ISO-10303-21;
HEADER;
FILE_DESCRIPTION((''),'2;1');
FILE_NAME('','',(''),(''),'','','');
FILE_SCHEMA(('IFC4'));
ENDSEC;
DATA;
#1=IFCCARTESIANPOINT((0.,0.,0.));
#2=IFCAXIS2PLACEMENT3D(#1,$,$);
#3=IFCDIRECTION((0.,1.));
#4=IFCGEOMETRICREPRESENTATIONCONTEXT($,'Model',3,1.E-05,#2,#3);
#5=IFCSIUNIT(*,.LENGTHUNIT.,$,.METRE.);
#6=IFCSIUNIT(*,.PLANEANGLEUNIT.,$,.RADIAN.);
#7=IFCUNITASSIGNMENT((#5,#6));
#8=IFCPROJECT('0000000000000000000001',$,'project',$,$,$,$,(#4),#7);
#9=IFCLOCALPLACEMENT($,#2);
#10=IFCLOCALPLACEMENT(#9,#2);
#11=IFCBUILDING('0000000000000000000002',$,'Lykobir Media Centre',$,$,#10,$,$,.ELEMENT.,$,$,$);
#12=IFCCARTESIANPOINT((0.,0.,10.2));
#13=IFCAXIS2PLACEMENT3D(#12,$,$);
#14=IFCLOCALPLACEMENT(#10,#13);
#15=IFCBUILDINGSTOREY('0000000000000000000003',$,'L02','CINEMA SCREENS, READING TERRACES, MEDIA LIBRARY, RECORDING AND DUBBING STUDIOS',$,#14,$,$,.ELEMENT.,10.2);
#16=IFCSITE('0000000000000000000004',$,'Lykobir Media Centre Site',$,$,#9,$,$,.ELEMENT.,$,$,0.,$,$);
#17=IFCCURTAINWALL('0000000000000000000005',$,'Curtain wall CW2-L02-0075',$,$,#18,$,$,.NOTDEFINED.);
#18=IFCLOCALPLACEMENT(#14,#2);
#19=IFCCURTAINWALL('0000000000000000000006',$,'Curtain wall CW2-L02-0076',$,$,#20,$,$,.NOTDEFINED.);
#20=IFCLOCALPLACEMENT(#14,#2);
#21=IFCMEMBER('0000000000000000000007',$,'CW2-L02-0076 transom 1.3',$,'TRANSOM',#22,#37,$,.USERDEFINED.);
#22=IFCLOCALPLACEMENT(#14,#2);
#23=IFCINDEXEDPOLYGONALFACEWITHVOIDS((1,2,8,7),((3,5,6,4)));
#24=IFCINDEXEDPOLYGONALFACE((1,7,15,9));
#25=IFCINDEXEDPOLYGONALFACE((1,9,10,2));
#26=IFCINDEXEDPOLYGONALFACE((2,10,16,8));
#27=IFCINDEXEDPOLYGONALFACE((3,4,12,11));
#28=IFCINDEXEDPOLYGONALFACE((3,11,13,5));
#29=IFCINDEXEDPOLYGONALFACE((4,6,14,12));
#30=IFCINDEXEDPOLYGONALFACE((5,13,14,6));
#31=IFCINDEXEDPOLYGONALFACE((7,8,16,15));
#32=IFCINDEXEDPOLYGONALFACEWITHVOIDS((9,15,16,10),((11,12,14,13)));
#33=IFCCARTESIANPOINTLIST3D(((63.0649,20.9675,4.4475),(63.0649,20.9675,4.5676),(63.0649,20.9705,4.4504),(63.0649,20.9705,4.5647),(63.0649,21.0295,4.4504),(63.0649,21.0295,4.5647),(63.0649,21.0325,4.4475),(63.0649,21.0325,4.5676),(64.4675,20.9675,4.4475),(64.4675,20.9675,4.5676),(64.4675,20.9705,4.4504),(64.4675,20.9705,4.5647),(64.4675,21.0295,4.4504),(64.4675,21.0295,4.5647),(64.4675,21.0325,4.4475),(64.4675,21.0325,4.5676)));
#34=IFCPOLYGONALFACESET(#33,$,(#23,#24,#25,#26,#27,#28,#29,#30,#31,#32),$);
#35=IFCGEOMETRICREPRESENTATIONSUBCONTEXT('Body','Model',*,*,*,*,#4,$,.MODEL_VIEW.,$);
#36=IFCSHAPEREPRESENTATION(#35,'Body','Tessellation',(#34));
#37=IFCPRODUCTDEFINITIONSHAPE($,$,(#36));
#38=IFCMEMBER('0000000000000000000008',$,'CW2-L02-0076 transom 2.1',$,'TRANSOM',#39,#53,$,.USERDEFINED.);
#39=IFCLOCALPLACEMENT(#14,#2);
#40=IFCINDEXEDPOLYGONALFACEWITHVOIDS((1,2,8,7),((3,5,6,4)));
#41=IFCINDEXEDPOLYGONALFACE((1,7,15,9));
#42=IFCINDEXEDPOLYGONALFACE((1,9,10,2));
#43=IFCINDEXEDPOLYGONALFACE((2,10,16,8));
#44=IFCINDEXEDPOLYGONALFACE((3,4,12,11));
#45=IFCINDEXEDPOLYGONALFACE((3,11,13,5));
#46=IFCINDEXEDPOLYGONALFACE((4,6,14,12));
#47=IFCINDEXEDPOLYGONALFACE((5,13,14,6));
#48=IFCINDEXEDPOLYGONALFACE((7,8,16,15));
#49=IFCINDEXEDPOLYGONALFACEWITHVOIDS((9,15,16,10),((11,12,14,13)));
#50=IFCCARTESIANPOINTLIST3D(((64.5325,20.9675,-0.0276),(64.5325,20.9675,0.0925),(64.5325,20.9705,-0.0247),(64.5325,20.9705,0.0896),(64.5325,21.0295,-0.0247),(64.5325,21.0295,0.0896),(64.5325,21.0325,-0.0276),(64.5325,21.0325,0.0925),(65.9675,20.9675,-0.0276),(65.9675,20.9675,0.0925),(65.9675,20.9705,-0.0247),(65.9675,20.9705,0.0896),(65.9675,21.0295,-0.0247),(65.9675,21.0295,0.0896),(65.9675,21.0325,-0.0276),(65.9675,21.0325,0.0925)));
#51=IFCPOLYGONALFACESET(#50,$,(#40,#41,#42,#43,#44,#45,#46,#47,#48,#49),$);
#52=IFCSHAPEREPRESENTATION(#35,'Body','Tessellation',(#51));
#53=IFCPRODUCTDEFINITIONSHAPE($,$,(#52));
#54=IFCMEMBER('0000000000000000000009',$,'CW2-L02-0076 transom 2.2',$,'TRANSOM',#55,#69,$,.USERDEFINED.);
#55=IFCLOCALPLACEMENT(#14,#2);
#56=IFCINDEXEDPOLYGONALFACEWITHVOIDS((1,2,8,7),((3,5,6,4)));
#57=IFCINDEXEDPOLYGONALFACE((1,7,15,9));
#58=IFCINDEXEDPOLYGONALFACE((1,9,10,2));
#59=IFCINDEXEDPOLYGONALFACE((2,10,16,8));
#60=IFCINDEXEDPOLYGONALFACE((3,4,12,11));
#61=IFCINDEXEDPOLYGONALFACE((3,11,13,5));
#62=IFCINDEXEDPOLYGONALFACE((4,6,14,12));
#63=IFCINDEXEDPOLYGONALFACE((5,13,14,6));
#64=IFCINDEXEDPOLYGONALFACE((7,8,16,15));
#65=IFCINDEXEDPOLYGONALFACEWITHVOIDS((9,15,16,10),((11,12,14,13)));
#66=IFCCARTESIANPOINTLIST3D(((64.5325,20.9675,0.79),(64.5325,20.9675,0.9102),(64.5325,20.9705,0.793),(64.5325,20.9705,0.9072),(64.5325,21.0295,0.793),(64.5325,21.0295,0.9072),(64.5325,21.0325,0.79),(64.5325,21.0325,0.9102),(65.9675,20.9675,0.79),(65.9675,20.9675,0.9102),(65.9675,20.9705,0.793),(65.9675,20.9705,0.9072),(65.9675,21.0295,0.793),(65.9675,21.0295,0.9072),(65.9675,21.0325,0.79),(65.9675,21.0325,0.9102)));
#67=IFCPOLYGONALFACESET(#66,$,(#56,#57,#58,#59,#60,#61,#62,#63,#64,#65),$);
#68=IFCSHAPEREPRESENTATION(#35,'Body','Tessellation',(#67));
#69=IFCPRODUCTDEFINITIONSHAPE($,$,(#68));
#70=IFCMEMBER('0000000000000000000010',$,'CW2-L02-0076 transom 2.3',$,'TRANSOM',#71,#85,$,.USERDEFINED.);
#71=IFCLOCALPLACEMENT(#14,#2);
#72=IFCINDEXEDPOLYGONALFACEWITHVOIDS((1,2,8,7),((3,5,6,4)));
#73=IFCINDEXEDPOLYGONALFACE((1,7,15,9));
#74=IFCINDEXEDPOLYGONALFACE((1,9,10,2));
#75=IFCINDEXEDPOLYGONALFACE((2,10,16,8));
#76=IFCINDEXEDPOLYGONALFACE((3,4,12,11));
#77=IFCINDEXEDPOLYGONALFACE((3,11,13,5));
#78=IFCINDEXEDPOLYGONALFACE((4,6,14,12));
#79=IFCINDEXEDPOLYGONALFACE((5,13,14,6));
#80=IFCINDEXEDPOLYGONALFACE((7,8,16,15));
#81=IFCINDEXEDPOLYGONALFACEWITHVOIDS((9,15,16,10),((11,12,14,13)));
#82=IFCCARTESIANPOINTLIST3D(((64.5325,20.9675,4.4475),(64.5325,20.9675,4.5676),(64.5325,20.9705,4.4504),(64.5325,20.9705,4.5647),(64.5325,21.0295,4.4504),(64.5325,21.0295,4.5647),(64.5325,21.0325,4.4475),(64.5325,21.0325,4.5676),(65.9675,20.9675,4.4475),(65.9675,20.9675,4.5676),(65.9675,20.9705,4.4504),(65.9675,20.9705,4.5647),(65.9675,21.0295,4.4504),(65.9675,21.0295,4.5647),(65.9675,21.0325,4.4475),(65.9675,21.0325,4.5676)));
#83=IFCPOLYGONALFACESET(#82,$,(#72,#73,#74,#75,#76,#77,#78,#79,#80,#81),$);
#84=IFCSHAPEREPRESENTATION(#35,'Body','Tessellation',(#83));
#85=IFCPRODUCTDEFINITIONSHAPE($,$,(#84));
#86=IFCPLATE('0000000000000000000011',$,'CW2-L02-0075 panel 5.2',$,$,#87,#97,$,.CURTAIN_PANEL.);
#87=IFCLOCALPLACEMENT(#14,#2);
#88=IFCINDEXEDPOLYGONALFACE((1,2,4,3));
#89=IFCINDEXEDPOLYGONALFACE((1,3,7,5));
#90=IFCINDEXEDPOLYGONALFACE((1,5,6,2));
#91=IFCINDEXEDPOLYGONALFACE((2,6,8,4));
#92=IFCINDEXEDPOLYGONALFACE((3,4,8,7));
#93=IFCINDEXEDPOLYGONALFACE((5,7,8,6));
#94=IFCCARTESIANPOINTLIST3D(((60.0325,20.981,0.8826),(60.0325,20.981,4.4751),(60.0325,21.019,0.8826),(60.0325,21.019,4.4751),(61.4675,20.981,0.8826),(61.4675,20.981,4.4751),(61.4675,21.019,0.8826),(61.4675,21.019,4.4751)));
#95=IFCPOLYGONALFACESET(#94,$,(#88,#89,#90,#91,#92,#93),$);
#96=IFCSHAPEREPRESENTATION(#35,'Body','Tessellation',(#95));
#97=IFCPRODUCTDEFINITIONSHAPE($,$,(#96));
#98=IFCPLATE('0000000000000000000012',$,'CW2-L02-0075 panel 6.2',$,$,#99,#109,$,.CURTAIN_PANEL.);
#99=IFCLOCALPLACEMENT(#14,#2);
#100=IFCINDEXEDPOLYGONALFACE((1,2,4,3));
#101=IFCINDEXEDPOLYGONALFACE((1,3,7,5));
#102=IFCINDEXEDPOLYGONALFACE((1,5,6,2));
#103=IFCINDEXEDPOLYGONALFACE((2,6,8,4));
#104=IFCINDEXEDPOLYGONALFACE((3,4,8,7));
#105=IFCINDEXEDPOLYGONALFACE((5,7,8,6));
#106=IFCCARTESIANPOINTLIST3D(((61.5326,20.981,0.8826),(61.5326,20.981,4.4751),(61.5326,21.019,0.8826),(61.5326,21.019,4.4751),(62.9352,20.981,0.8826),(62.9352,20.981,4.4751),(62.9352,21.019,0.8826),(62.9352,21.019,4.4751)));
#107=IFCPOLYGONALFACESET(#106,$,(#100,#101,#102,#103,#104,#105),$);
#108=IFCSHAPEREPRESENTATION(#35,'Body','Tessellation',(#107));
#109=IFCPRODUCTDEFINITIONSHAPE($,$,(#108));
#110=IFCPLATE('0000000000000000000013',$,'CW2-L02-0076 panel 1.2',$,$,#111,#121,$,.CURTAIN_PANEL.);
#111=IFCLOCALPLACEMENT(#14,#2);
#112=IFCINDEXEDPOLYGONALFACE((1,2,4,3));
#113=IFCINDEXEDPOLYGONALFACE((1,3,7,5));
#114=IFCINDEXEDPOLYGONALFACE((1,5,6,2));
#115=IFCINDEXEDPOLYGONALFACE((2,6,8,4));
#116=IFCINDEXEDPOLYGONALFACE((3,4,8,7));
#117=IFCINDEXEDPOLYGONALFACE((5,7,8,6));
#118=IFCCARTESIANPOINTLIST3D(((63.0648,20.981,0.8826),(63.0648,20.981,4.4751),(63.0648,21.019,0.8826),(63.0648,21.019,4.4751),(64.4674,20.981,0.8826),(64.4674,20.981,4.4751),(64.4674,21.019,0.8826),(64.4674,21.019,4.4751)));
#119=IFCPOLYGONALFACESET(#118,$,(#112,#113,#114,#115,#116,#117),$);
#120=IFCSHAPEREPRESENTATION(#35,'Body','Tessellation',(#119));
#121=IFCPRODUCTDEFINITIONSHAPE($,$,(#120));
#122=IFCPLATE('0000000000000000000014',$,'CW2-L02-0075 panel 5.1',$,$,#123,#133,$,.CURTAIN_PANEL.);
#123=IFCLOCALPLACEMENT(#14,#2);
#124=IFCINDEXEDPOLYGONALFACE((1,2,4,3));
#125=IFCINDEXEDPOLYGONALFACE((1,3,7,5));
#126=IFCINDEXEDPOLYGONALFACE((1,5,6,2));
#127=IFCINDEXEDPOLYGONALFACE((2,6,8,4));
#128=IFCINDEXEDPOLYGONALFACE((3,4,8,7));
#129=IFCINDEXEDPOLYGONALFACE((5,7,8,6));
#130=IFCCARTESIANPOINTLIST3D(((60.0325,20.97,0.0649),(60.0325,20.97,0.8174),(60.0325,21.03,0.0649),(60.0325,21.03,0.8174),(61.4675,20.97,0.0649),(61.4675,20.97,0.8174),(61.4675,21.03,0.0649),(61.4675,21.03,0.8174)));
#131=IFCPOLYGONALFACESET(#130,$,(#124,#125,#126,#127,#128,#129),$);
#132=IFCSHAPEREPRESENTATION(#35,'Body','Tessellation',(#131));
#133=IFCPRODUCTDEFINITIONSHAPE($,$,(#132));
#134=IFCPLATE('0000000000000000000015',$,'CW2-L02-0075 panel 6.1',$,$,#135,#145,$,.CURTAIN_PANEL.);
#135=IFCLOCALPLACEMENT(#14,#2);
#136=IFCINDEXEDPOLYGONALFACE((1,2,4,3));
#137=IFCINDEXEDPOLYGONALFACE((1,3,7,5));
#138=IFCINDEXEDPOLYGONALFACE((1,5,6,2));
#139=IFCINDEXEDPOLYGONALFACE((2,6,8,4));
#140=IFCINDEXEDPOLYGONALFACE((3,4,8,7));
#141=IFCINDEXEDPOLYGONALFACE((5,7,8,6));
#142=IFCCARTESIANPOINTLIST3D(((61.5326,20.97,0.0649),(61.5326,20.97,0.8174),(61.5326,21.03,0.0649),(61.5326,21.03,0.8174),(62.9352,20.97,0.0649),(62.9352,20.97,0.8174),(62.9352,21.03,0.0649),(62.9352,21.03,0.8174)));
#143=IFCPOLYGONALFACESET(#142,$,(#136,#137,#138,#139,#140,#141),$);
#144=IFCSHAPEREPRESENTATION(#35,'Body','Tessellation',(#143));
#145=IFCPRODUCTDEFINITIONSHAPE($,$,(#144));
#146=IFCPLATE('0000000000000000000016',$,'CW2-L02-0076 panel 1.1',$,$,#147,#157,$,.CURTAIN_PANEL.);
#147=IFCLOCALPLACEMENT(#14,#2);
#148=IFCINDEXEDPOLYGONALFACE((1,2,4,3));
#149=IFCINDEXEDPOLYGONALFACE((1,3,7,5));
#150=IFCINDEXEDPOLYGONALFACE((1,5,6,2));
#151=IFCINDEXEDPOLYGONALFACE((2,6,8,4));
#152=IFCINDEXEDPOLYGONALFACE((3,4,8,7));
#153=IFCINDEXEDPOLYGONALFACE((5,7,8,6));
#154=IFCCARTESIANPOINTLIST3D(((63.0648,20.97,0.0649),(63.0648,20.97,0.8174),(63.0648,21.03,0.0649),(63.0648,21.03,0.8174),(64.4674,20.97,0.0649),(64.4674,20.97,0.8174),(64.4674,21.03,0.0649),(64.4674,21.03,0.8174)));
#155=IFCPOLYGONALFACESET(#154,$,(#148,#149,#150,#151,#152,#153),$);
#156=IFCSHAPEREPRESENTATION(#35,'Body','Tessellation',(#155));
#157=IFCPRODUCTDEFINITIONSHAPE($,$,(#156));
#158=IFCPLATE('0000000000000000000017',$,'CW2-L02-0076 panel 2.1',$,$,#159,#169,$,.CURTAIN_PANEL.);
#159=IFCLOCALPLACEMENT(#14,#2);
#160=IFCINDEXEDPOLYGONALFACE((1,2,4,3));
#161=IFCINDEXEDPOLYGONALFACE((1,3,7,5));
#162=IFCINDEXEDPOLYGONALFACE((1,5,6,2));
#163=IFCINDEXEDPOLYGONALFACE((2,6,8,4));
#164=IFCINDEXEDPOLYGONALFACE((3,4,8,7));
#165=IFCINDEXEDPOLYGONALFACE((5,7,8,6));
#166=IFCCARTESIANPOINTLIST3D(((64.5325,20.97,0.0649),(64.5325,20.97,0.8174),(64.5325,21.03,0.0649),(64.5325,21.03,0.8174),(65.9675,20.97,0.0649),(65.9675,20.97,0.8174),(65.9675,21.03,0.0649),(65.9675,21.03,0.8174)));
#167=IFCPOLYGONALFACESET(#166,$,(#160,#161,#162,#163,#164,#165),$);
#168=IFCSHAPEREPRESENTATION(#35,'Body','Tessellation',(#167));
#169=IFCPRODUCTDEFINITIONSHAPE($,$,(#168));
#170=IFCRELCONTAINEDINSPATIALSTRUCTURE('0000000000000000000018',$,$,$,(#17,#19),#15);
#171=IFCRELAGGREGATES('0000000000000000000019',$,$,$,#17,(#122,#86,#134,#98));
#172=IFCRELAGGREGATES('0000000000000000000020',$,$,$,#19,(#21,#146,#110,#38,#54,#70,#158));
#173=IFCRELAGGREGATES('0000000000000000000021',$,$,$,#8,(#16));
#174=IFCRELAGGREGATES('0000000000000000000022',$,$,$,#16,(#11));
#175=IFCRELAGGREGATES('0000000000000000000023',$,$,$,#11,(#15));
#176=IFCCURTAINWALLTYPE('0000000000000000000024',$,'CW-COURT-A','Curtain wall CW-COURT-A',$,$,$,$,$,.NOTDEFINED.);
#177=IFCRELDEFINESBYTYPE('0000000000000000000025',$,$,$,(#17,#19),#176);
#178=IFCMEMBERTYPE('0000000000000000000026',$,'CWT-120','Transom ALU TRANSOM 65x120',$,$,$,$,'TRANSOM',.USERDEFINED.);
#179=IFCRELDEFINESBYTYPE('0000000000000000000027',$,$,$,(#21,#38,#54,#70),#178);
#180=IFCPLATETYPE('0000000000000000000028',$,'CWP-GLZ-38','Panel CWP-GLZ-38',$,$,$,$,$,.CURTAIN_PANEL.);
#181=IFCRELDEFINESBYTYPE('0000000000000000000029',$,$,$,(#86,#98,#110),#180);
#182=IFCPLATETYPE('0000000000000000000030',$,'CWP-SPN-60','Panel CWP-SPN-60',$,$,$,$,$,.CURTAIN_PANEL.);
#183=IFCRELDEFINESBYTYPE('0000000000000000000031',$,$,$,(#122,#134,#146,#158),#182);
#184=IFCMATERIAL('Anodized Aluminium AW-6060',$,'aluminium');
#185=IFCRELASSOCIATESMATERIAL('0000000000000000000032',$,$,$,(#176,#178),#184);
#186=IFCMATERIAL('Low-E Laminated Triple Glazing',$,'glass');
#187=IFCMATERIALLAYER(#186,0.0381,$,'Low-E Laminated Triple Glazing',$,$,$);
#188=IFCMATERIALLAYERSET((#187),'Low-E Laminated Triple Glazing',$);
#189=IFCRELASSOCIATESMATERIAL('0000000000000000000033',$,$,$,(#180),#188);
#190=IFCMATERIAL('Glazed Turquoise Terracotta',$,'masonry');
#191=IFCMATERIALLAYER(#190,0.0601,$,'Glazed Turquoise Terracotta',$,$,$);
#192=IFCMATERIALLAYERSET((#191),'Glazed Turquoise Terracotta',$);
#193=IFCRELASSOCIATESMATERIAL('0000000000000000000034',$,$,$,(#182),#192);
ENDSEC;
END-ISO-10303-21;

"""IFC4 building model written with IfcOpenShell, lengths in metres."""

from ifc_helpers import new_model, si_unit, direction, frame, origin, origin_2d, place, context, subcontext, project, spatial, rectangle, hollow_rectangle, extrude, material, layer, layer_set, material_profile, profile_set, type_object, element, aggregate, save


model = new_model("IFC4")

# Units and contexts
model_context = context("Model", 3, precision=1e-05, world=origin(), true_north=direction((0.0, 1.0)))
body_context = subcontext(model_context, "Body", "Model", "MODEL_VIEW")
ifc_project = project(units=[si_unit("LENGTHUNIT", "METRE"), si_unit("PLANEANGLEUNIT", "RADIAN")], contexts=[model_context])

# Site, building, storey
site_placement = place(None, origin())
site = spatial("IfcSite", under=ifc_project, at=site_placement, Name="Lykobir Media Centre Site", CompositionType="ELEMENT", RefElevation=0.0)
building_placement = place(site_placement, origin())
building = spatial("IfcBuilding", under=site, at=building_placement, Name="Lykobir Media Centre", CompositionType="ELEMENT")
storey_placement = place(building_placement, frame((0.0, 0.0, 10.2)))
storey = spatial("IfcBuildingStorey", under=building, at=storey_placement, Name="L02", Description="CINEMA SCREENS, READING TERRACES, MEDIA LIBRARY, RECORDING AND DUBBING STUDIOS", CompositionType="ELEMENT", Elevation=10.2)

# Curtain walls
ifc_material_1 = material(Name="Anodized Aluminium AW-6060", Category="aluminium")
curtain_wall_type = type_object("IfcCurtainWallType", Name="CW-COURT-A", Description="Curtain wall CW-COURT-A", PredefinedType="NOTDEFINED", material=ifc_material_1)
curtain_wall_1_placement = place(storey_placement, origin())
curtain_wall_1 = element("IfcCurtainWall", 1, at=curtain_wall_1_placement, inside=storey, type_object=curtain_wall_type, Name="Curtain wall CW2-L02-0075", PredefinedType="NOTDEFINED")
curtain_wall_2_placement = place(storey_placement, origin())
curtain_wall_2 = element("IfcCurtainWall", 2, at=curtain_wall_2_placement, inside=storey, type_object=curtain_wall_type, Name="Curtain wall CW2-L02-0076", PredefinedType="NOTDEFINED")

# Members
ifc_material_profile_1 = material_profile(ifc_material_1, hollow_rectangle(XDim=0.0649, YDim=0.1201, WallThickness=0.0029, at=origin_2d()), Name="ALU TRANSOM 65x120")
ifc_profile_set_1 = profile_set([ifc_material_profile_1], Name="Anodized Aluminium AW-6060")
member_type_1 = type_object("IfcMemberType", Name="CWT-120", Description="Transom ALU TRANSOM 65x120", ElementType="TRANSOM", PredefinedType="USERDEFINED", material=ifc_profile_set_1)
member_1_placement = place(storey_placement, frame((63.0649, 21.0, 4.5076), z_axis=(1.0, 0.0, 0.0), x_axis=(0.0, 1.0, 0.0)))
member_1 = element("IfcMember", 3, at=member_1_placement, type_object=member_type_1, Name="CW2-L02-0076 transom 1.3", ObjectType="TRANSOM", PredefinedType="USERDEFINED", context=body_context, shape_type="SweptSolid", body=[
    extrude(hollow_rectangle(XDim=0.0649, YDim=0.1201, WallThickness=0.0029, at=origin_2d()), origin(), (0.0, 0.0, 1.0), 1.4026),
])
member_2_placement = place(storey_placement, frame((64.5325, 21.0, 0.0325), z_axis=(1.0, 0.0, 0.0), x_axis=(0.0, 1.0, 0.0)))
member_2 = element("IfcMember", 4, at=member_2_placement, type_object=member_type_1, Name="CW2-L02-0076 transom 2.1", ObjectType="TRANSOM", PredefinedType="USERDEFINED", context=body_context, shape_type="SweptSolid", body=[
    extrude(hollow_rectangle(XDim=0.0649, YDim=0.1201, WallThickness=0.0029, at=origin_2d()), origin(), (0.0, 0.0, 1.0), 1.4351),
])
member_3_placement = place(storey_placement, frame((64.5325, 21.0, 0.8501), z_axis=(1.0, 0.0, 0.0), x_axis=(0.0, 1.0, 0.0)))
member_3 = element("IfcMember", 5, at=member_3_placement, type_object=member_type_1, Name="CW2-L02-0076 transom 2.2", ObjectType="TRANSOM", PredefinedType="USERDEFINED", context=body_context, shape_type="SweptSolid", body=[
    extrude(hollow_rectangle(XDim=0.0649, YDim=0.1201, WallThickness=0.0029, at=origin_2d()), origin(), (0.0, 0.0, 1.0), 1.4351),
])
member_4_placement = place(storey_placement, frame((64.5325, 21.0, 4.5076), z_axis=(1.0, 0.0, 0.0), x_axis=(0.0, 1.0, 0.0)))
member_4 = element("IfcMember", 6, at=member_4_placement, type_object=member_type_1, Name="CW2-L02-0076 transom 2.3", ObjectType="TRANSOM", PredefinedType="USERDEFINED", context=body_context, shape_type="SweptSolid", body=[
    extrude(hollow_rectangle(XDim=0.0649, YDim=0.1201, WallThickness=0.0029, at=origin_2d()), origin(), (0.0, 0.0, 1.0), 1.4351),
])

# Plates
ifc_material_2 = material(Name="Low-E Laminated Triple Glazing", Category="glass")
ifc_layer_1 = layer(ifc_material_2, 0.0381, Name="Low-E Laminated Triple Glazing")
ifc_layer_set_1 = layer_set([ifc_layer_1], Name="Low-E Laminated Triple Glazing")
plate_type_1 = type_object("IfcPlateType", Name="CWP-GLZ-38", Description="Panel CWP-GLZ-38", PredefinedType="CURTAIN_PANEL", material=ifc_layer_set_1)
plate_1_placement = place(storey_placement, frame((60.75, 21.0, 0.8826), z_axis=(0.0, 0.0, 1.0), x_axis=(1.0, 0.0, 0.0)))
plate_1 = element("IfcPlate", 7, at=plate_1_placement, type_object=plate_type_1, Name="CW2-L02-0075 panel 5.2", PredefinedType="CURTAIN_PANEL", context=body_context, shape_type="SweptSolid", body=[
    extrude(rectangle(XDim=1.4351, YDim=0.0381, at=origin_2d()), origin(), (0.0, 0.0, 1.0), 3.5925),
])
plate_2_placement = place(storey_placement, frame((62.2339, 21.0, 0.8826), z_axis=(0.0, 0.0, 1.0), x_axis=(1.0, 0.0, 0.0)))
plate_2 = element("IfcPlate", 8, at=plate_2_placement, type_object=plate_type_1, Name="CW2-L02-0075 panel 6.2", PredefinedType="CURTAIN_PANEL", context=body_context, shape_type="SweptSolid", body=[
    extrude(rectangle(XDim=1.4026, YDim=0.0381, at=origin_2d()), origin(), (0.0, 0.0, 1.0), 3.5925),
])
plate_3_placement = place(storey_placement, frame((63.7661, 21.0, 0.8826), z_axis=(0.0, 0.0, 1.0), x_axis=(1.0, 0.0, 0.0)))
plate_3 = element("IfcPlate", 9, at=plate_3_placement, type_object=plate_type_1, Name="CW2-L02-0076 panel 1.2", PredefinedType="CURTAIN_PANEL", context=body_context, shape_type="SweptSolid", body=[
    extrude(rectangle(XDim=1.4026, YDim=0.0381, at=origin_2d()), origin(), (0.0, 0.0, 1.0), 3.5925),
])
ifc_material_3 = material(Name="Glazed Turquoise Terracotta", Category="masonry")
ifc_layer_2 = layer(ifc_material_3, 0.0601, Name="Glazed Turquoise Terracotta")
ifc_layer_set_2 = layer_set([ifc_layer_2], Name="Glazed Turquoise Terracotta")
plate_type_2 = type_object("IfcPlateType", Name="CWP-SPN-60", Description="Panel CWP-SPN-60", PredefinedType="CURTAIN_PANEL", material=ifc_layer_set_2)
plate_4_placement = place(storey_placement, frame((60.75, 21.0, 0.0649), z_axis=(0.0, 0.0, 1.0), x_axis=(1.0, 0.0, 0.0)))
plate_4 = element("IfcPlate", 10, at=plate_4_placement, type_object=plate_type_2, Name="CW2-L02-0075 panel 5.1", PredefinedType="CURTAIN_PANEL", context=body_context, shape_type="SweptSolid", body=[
    extrude(rectangle(XDim=1.4351, YDim=0.0601, at=origin_2d()), origin(), (0.0, 0.0, 1.0), 0.7524),
])
plate_5_placement = place(storey_placement, frame((62.2339, 21.0, 0.0649), z_axis=(0.0, 0.0, 1.0), x_axis=(1.0, 0.0, 0.0)))
plate_5 = element("IfcPlate", 11, at=plate_5_placement, type_object=plate_type_2, Name="CW2-L02-0075 panel 6.1", PredefinedType="CURTAIN_PANEL", context=body_context, shape_type="SweptSolid", body=[
    extrude(rectangle(XDim=1.4026, YDim=0.0601, at=origin_2d()), origin(), (0.0, 0.0, 1.0), 0.7524),
])
aggregate(curtain_wall_1, [plate_4, plate_1, plate_5, plate_2])
plate_6_placement = place(storey_placement, frame((63.7661, 21.0, 0.0649), z_axis=(0.0, 0.0, 1.0), x_axis=(1.0, 0.0, 0.0)))
plate_6 = element("IfcPlate", 12, at=plate_6_placement, type_object=plate_type_2, Name="CW2-L02-0076 panel 1.1", PredefinedType="CURTAIN_PANEL", context=body_context, shape_type="SweptSolid", body=[
    extrude(rectangle(XDim=1.4026, YDim=0.0601, at=origin_2d()), origin(), (0.0, 0.0, 1.0), 0.7524),
])
plate_7_placement = place(storey_placement, frame((65.25, 21.0, 0.0649), z_axis=(0.0, 0.0, 1.0), x_axis=(1.0, 0.0, 0.0)))
plate_7 = element("IfcPlate", 13, at=plate_7_placement, type_object=plate_type_2, Name="CW2-L02-0076 panel 2.1", PredefinedType="CURTAIN_PANEL", context=body_context, shape_type="SweptSolid", body=[
    extrude(rectangle(XDim=1.4351, YDim=0.0601, at=origin_2d()), origin(), (0.0, 0.0, 1.0), 0.7524),
])
aggregate(curtain_wall_2, [member_1, plate_6, plate_3, member_2, member_3, member_4, plate_7])

save(model, "model.ifc")
